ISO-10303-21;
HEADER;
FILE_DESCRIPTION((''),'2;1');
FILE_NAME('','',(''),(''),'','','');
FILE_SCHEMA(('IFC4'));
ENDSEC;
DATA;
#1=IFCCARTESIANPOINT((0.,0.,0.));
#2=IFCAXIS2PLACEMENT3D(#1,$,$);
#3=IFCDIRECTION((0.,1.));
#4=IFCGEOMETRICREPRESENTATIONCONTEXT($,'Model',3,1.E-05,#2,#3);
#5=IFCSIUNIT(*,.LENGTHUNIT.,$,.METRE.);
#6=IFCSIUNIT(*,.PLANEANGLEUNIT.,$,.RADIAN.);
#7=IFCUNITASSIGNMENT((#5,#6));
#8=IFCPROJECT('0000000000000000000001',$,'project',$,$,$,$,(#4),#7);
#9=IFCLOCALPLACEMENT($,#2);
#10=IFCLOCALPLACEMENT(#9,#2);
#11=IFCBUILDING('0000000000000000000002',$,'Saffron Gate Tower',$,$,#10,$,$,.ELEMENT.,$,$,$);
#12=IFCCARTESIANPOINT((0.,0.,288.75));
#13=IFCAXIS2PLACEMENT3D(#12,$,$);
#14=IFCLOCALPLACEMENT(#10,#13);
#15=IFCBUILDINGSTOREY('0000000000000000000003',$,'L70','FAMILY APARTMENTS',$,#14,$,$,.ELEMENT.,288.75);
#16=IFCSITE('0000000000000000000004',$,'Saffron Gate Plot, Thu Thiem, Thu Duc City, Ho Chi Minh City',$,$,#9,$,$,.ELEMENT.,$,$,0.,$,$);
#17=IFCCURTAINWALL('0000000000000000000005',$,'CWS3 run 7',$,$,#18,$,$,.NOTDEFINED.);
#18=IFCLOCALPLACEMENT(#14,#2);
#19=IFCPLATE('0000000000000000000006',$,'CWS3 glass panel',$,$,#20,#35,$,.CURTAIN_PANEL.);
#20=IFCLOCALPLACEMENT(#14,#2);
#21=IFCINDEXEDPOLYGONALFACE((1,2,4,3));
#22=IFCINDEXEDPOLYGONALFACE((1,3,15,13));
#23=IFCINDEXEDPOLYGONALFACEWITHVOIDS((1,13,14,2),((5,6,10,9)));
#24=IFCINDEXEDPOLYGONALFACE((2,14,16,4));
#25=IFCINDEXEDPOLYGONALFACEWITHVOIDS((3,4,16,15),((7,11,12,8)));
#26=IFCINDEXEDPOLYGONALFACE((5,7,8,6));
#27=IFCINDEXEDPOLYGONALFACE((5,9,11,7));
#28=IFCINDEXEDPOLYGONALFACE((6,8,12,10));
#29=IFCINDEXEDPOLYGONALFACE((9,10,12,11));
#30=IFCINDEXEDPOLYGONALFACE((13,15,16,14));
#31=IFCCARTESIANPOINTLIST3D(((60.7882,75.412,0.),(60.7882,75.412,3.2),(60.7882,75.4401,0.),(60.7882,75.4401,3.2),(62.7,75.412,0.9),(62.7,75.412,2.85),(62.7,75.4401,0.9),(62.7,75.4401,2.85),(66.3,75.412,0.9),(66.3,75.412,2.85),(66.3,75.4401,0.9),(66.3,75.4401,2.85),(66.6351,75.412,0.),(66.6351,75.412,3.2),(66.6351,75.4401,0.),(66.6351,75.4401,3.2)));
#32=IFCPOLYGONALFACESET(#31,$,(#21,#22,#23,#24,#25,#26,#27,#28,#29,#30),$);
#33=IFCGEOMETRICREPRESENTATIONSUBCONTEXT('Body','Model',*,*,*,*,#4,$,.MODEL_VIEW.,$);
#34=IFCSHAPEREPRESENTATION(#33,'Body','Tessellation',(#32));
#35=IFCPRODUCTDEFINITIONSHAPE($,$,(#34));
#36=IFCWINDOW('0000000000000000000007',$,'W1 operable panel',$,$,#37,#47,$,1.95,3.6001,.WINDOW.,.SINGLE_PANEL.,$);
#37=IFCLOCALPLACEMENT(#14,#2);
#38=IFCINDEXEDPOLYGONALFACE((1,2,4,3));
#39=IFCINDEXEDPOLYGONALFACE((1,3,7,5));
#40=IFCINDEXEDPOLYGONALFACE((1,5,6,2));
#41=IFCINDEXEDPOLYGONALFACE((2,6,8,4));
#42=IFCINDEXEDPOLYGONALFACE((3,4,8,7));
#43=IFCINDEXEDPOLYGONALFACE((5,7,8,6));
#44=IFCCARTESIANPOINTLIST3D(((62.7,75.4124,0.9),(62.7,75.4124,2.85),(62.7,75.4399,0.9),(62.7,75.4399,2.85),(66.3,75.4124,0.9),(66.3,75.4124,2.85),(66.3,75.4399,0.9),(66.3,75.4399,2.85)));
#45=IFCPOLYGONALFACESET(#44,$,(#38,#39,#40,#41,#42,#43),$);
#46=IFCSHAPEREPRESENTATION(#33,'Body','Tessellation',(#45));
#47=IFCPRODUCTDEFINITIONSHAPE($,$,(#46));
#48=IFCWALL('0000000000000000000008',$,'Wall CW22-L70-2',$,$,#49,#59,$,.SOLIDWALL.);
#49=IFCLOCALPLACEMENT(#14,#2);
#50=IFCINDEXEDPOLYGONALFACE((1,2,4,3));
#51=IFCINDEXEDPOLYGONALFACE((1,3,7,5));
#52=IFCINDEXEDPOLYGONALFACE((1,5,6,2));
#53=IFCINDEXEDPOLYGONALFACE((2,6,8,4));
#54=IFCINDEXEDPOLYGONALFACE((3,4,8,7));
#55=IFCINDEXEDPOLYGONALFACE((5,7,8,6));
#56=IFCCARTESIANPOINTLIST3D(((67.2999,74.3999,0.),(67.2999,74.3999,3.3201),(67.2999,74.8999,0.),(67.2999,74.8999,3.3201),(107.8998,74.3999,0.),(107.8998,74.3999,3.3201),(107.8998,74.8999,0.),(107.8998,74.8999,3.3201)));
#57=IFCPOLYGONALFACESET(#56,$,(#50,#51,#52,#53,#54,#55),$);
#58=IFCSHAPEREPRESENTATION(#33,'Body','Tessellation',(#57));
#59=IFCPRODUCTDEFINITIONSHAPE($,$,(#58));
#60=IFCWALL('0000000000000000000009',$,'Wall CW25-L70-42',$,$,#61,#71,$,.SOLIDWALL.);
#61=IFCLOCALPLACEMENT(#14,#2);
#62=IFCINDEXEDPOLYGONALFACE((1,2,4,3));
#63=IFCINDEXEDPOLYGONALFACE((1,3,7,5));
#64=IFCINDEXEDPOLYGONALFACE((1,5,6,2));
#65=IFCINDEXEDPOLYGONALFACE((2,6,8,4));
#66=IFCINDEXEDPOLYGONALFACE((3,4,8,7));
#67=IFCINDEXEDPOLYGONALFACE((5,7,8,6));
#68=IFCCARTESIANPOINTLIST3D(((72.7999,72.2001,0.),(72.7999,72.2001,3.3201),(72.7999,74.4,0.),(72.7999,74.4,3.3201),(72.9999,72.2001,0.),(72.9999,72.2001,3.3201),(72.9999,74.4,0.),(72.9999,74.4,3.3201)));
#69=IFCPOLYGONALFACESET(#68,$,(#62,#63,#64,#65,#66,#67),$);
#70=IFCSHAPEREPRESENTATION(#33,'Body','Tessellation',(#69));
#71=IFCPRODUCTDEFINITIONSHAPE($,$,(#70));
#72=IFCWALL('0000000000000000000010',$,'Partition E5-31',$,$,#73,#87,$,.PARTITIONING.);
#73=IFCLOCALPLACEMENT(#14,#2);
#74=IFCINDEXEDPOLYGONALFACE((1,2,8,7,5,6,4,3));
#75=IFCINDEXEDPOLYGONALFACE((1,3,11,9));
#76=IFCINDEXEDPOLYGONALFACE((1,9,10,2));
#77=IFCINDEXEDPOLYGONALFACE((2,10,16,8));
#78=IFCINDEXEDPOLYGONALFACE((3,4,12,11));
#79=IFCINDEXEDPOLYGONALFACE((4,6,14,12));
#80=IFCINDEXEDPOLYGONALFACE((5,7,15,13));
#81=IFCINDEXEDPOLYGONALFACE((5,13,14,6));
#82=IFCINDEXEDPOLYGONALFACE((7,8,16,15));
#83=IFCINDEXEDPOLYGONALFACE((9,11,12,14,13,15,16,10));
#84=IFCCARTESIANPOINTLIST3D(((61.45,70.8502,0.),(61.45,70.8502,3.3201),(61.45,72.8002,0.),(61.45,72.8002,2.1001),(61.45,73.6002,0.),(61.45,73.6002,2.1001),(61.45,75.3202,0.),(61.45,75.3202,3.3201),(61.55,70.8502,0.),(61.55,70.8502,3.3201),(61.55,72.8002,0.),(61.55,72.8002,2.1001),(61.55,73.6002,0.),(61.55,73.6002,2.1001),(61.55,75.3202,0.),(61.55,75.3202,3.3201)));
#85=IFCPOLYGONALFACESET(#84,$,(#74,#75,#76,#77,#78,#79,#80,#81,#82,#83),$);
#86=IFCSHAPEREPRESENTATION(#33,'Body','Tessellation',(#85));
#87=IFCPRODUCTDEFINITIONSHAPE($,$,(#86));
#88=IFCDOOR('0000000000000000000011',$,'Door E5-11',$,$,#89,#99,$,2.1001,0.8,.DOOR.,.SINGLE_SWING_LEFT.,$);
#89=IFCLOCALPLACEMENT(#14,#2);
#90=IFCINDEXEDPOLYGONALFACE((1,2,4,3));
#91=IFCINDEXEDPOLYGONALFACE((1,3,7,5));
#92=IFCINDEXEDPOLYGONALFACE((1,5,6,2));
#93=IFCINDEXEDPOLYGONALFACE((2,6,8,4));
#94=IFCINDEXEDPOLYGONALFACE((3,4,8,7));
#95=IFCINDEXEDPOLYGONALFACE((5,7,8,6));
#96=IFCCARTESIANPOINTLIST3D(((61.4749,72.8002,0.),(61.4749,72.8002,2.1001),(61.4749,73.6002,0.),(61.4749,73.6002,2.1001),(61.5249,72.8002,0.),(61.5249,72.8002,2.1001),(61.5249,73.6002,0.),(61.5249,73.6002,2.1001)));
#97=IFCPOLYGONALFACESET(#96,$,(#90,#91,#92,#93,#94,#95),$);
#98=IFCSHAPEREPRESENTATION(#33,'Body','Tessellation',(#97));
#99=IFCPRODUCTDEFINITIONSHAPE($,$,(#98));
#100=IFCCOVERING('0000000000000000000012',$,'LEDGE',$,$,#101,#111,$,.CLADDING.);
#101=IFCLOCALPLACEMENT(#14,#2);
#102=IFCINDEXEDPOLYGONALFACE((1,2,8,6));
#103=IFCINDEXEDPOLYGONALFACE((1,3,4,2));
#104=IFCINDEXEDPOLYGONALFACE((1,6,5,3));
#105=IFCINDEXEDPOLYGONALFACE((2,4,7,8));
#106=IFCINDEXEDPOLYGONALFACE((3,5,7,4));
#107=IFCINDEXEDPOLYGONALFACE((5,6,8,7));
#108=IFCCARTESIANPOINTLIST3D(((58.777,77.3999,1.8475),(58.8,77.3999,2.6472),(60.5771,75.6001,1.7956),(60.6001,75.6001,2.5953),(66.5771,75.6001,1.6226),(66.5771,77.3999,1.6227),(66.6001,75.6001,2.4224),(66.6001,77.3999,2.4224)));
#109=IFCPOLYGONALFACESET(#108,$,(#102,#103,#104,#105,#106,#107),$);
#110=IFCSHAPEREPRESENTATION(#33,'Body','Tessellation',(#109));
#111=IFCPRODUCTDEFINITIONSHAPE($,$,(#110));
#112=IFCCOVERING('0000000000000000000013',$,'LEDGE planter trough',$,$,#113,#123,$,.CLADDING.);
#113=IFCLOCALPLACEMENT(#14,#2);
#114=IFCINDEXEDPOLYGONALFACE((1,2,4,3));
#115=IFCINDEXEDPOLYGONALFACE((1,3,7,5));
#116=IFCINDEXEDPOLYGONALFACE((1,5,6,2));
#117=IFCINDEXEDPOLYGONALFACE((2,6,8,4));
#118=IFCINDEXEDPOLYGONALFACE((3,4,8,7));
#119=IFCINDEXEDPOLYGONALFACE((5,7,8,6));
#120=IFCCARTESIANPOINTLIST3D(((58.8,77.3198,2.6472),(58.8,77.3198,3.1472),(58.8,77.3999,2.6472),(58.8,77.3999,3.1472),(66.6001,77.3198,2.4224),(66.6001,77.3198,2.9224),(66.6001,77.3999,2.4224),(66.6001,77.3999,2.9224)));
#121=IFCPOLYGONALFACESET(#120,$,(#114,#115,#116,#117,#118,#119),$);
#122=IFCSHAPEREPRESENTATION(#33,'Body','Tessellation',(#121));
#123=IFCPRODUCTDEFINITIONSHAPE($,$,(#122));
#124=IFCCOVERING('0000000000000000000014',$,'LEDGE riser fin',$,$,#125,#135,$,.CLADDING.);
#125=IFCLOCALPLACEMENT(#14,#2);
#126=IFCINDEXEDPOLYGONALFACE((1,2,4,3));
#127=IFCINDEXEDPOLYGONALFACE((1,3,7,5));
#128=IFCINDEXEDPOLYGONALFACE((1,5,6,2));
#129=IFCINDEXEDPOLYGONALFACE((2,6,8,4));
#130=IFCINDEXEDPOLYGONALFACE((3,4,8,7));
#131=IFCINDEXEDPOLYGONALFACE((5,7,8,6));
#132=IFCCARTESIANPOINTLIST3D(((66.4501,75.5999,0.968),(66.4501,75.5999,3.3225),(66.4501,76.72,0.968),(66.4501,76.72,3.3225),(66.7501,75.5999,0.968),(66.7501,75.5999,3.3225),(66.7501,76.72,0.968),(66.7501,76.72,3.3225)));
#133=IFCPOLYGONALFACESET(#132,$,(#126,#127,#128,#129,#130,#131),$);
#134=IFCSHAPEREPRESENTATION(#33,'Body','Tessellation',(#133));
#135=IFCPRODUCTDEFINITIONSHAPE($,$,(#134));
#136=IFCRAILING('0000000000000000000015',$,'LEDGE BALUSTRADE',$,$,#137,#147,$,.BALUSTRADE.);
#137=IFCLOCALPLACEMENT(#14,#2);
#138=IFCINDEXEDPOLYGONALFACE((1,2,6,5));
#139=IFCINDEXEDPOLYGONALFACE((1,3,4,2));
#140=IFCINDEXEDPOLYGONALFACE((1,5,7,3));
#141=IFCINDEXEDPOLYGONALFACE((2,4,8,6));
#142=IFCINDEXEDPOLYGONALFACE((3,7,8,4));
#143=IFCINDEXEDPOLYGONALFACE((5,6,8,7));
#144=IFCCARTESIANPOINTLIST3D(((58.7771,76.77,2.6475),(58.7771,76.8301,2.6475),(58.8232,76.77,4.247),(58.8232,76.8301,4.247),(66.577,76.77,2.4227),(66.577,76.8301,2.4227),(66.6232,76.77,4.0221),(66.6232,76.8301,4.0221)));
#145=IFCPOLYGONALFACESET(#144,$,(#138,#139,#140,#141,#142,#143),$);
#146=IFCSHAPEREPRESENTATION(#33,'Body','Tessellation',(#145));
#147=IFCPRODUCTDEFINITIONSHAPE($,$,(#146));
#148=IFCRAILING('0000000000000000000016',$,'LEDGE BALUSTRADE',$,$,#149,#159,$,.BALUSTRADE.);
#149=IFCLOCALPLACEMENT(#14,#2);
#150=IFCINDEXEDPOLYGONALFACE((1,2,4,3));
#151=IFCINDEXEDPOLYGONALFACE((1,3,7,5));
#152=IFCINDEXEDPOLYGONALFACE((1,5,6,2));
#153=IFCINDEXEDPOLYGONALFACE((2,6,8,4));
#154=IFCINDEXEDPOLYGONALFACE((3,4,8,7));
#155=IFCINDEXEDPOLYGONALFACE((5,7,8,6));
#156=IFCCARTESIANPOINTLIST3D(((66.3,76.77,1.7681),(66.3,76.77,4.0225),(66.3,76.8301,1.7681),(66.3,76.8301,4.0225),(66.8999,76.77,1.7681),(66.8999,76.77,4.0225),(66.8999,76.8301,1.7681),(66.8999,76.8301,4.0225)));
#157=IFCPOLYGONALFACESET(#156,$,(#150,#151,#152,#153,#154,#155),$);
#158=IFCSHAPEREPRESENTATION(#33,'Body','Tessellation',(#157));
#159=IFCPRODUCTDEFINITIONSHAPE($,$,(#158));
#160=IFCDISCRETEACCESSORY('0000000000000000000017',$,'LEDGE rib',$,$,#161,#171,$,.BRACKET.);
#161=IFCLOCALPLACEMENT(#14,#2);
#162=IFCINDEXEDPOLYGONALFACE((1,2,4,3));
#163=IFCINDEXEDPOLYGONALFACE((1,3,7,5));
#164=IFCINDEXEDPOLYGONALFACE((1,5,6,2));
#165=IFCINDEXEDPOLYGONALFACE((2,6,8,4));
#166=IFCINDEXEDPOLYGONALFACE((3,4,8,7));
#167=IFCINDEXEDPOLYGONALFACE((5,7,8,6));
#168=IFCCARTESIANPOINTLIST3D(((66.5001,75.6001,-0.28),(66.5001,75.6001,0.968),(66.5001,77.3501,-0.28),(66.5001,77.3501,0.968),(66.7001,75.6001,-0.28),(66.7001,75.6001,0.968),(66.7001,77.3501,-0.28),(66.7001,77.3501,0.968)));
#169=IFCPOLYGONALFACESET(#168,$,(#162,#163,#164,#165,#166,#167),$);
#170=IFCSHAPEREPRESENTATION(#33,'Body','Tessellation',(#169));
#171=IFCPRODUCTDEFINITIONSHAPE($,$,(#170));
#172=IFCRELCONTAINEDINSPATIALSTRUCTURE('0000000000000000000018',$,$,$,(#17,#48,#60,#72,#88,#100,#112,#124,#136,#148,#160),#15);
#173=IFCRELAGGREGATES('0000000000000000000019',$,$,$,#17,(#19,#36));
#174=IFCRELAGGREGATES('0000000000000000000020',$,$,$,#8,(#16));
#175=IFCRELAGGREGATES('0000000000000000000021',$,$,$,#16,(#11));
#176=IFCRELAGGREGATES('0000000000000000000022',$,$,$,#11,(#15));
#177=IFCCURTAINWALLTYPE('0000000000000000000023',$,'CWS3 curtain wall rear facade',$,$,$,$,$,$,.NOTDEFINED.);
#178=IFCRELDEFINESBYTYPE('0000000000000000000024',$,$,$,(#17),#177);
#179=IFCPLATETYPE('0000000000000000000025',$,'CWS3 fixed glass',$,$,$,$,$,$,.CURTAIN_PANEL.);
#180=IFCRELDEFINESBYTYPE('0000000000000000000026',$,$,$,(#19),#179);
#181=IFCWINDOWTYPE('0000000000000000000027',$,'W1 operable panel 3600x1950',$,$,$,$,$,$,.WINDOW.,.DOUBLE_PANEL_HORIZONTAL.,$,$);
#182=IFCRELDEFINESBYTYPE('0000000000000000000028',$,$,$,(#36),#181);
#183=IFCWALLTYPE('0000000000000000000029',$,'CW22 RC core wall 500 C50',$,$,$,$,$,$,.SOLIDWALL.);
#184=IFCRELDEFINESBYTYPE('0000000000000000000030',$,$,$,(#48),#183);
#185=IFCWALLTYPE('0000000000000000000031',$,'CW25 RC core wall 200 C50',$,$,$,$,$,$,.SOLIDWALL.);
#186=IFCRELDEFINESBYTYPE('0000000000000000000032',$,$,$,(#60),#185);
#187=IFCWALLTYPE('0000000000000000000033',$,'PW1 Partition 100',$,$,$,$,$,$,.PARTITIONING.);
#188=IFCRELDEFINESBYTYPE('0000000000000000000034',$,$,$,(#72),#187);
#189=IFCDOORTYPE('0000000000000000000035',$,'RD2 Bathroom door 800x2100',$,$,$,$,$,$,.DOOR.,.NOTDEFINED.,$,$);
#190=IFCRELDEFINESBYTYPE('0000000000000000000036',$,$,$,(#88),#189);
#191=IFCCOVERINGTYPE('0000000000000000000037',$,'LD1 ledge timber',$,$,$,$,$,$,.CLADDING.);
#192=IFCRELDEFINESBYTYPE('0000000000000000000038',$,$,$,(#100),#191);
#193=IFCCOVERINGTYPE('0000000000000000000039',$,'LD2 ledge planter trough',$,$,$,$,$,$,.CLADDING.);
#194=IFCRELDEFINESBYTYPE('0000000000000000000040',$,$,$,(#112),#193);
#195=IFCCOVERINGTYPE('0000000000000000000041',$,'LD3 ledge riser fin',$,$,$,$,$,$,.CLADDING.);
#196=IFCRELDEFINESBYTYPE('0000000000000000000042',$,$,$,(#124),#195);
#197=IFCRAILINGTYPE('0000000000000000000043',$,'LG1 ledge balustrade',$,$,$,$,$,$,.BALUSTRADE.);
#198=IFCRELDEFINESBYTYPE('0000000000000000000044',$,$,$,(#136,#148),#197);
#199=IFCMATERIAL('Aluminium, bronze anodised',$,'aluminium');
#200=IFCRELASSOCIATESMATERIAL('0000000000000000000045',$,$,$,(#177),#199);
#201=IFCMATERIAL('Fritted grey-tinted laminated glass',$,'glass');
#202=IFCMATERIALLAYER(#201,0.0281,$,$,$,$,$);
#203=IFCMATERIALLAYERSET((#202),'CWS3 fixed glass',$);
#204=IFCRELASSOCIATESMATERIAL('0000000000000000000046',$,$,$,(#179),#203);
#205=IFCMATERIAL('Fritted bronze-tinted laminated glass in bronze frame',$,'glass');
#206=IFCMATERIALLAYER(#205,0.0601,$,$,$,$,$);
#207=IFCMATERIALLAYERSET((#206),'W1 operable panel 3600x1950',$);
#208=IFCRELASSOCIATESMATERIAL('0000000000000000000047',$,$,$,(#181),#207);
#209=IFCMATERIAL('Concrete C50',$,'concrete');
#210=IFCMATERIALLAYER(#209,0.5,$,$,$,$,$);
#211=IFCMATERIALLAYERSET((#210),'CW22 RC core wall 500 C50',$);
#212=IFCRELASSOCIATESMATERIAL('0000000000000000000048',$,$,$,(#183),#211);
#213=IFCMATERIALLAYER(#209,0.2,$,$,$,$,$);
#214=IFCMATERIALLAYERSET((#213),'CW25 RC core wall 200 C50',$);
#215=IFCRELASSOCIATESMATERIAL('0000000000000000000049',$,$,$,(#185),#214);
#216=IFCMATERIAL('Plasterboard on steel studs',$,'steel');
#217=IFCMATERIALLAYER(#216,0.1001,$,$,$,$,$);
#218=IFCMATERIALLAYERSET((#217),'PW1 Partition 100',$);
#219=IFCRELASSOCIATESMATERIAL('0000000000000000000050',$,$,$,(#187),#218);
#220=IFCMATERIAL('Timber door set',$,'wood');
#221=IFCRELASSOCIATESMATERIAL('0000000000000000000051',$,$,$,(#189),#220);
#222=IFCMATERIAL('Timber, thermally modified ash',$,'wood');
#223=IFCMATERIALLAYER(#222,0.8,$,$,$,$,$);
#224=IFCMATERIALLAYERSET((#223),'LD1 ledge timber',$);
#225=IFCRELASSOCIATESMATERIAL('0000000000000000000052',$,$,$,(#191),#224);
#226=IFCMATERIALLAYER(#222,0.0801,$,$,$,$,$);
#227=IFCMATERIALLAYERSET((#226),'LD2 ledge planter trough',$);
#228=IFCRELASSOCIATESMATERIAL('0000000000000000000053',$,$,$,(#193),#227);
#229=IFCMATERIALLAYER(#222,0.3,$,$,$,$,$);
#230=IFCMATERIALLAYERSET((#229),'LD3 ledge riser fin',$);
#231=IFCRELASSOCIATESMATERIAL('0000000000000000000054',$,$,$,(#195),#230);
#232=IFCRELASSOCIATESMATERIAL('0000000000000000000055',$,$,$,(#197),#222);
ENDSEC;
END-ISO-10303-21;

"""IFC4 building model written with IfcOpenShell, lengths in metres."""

from ifc_helpers import new_model, si_unit, direction, frame, frame_2d, origin, origin_2d, place, context, subcontext, project, spatial, polyline, rectangle, outline, extrude, material, layer, layer_set, type_object, element, fill, aggregate, save


model = new_model("IFC4")

# Units and contexts
model_context = context("Model", 3, precision=1e-05, world=origin(), true_north=direction((0.0, 1.0)))
body_context = subcontext(model_context, "Body", "Model", "MODEL_VIEW")
ifc_project = project(units=[si_unit("LENGTHUNIT", "METRE"), si_unit("PLANEANGLEUNIT", "RADIAN")], contexts=[model_context])

# Site, building, storey
site_placement = place(None, origin())
site = spatial("IfcSite", under=ifc_project, at=site_placement, Name="Saffron Gate Plot, Thu Thiem, Thu Duc City, Ho Chi Minh City", CompositionType="ELEMENT", RefElevation=0.0)
building_placement = place(site_placement, origin())
building = spatial("IfcBuilding", under=site, at=building_placement, Name="Saffron Gate Tower", CompositionType="ELEMENT")
storey_placement = place(building_placement, frame((0.0, 0.0, 288.75)))
storey = spatial("IfcBuildingStorey", under=building, at=storey_placement, Name="L70", Description="FAMILY APARTMENTS", CompositionType="ELEMENT", Elevation=288.75)

# Curtain wall, plate, opening, window
ifc_material_1 = material(Name="Aluminium, bronze anodised", Category="aluminium")
curtain_wall_type = type_object("IfcCurtainWallType", Name="CWS3 curtain wall rear facade", PredefinedType="NOTDEFINED", material=ifc_material_1)
curtain_wall_placement = place(storey_placement, origin())
curtain_wall = element("IfcCurtainWall", 1, at=curtain_wall_placement, inside=storey, type_object=curtain_wall_type, Name="CWS3 run 7", PredefinedType="NOTDEFINED")
ifc_material_2 = material(Name="Fritted grey-tinted laminated glass", Category="glass")
ifc_layer_1 = layer(ifc_material_2, 0.0281)
ifc_layer_set_1 = layer_set([ifc_layer_1], Name="CWS3 fixed glass")
plate_type = type_object("IfcPlateType", Name="CWS3 fixed glass", PredefinedType="CURTAIN_PANEL", material=ifc_layer_set_1)
plate_placement = place(storey_placement, frame((66.635, 75.426, 0.0), z_axis=(0.0, 0.0, 1.0), x_axis=(-1.0, 0.0, 0.0)))
plate = element("IfcPlate", 2, at=plate_placement, type_object=plate_type, Name="CWS3 glass panel", PredefinedType="CURTAIN_PANEL", context=body_context, shape_type="SweptSolid", body=[
    extrude(rectangle(XDim=5.8469, YDim=0.0281, at=frame_2d((2.9233, 0.0))), origin(), (0.0, 0.0, 1.0), 3.2),
])
opening_1_placement = place(plate_placement, frame((0.335, 0.0, 0.8999)))
opening_1 = element("IfcOpeningElement", 3, at=opening_1_placement, cuts=plate, PredefinedType="OPENING", context=body_context, shape_type="SweptSolid", body=[
    extrude(rectangle(XDim=3.6001, YDim=1.95, at=frame_2d((1.8, 0.9751))), frame((0.0, 0.0239, 0.0), z_axis=(0.0, -1.0, 0.0), x_axis=(1.0, 0.0, 0.0)), (0.0, 0.0, 1.0), 0.0481),
])
ifc_material_3 = material(Name="Fritted bronze-tinted laminated glass in bronze frame", Category="glass")
ifc_layer_2 = layer(ifc_material_3, 0.0601)
ifc_layer_set_2 = layer_set([ifc_layer_2], Name="W1 operable panel 3600x1950")
window_type = type_object("IfcWindowType", Name="W1 operable panel 3600x1950", PartitioningType="DOUBLE_PANEL_HORIZONTAL", PredefinedType="WINDOW", material=ifc_layer_set_2)
window_placement = place(opening_1_placement, origin())
window = element("IfcWindow", 4, at=window_placement, type_object=window_type, Name="W1 operable panel", OverallHeight=1.95, OverallWidth=3.6001, PartitioningType="SINGLE_PANEL", PredefinedType="WINDOW", context=body_context, shape_type="SweptSolid", body=[
    extrude(rectangle(XDim=3.6001, YDim=1.95, at=frame_2d((1.8, 0.9751))), frame((0.0, 0.0137, 0.0), z_axis=(0.0, -1.0, 0.0), x_axis=(1.0, 0.0, 0.0)), (0.0, 0.0, 1.0), 0.0276),
])
fill(opening_1, window)
aggregate(curtain_wall, [plate, window])

# Walls
ifc_material_4 = material(Name="Concrete C50", Category="concrete")
ifc_layer_3 = layer(ifc_material_4, 0.5)
ifc_layer_set_3 = layer_set([ifc_layer_3], Name="CW22 RC core wall 500 C50")
wall_type_1 = type_object("IfcWallType", Name="CW22 RC core wall 500 C50", PredefinedType="SOLIDWALL", material=ifc_layer_set_3)
wall_1_placement = place(storey_placement, frame((67.3, 74.6499, 0.0), z_axis=(0.0, 0.0, 1.0), x_axis=(1.0, 0.0, 0.0)))
element("IfcWall", 5, at=wall_1_placement, inside=storey, type_object=wall_type_1, Name="Wall CW22-L70-2", PredefinedType="SOLIDWALL", context=body_context, shape_type="SweptSolid", body=[
    extrude(rectangle(XDim=40.5999, YDim=0.5, at=frame_2d((20.2998, 0.0))), origin(), (0.0, 0.0, 1.0), 3.3201),
])
ifc_layer_4 = layer(ifc_material_4, 0.2)
ifc_layer_set_4 = layer_set([ifc_layer_4], Name="CW25 RC core wall 200 C50")
wall_type_2 = type_object("IfcWallType", Name="CW25 RC core wall 200 C50", PredefinedType="SOLIDWALL", material=ifc_layer_set_4)
wall_2_placement = place(storey_placement, frame((72.8999, 72.2, 0.0), z_axis=(0.0, 0.0, 1.0), x_axis=(0.0, 1.0, 0.0)))
element("IfcWall", 6, at=wall_2_placement, inside=storey, type_object=wall_type_2, Name="Wall CW25-L70-42", PredefinedType="SOLIDWALL", context=body_context, shape_type="SweptSolid", body=[
    extrude(rectangle(XDim=2.2, YDim=0.2, at=frame_2d((1.1001, 0.0))), origin(), (0.0, 0.0, 1.0), 3.3201),
])

# Wall, opening, door
ifc_material_5 = material(Name="Plasterboard on steel studs", Category="steel")
ifc_layer_5 = layer(ifc_material_5, 0.1001)
ifc_layer_set_5 = layer_set([ifc_layer_5], Name="PW1 Partition 100")
wall_type_3 = type_object("IfcWallType", Name="PW1 Partition 100", PredefinedType="PARTITIONING", material=ifc_layer_set_5)
wall_3_placement = place(storey_placement, frame((61.5, 75.3201, 0.0), z_axis=(0.0, 0.0, 1.0), x_axis=(0.0, -1.0, 0.0)))
wall_3 = element("IfcWall", 7, at=wall_3_placement, inside=storey, type_object=wall_type_3, Name="Partition E5-31", PredefinedType="PARTITIONING", context=body_context, shape_type="SweptSolid", body=[
    extrude(rectangle(XDim=4.47, YDim=0.1001, at=frame_2d((2.2349, 0.0))), origin(), (0.0, 0.0, 1.0), 3.3201),
])
opening_2_placement = place(wall_3_placement, frame((1.72, 0.0, 0.0)))
opening_2 = element("IfcOpeningElement", 8, at=opening_2_placement, cuts=wall_3, PredefinedType="OPENING", context=body_context, shape_type="SweptSolid", body=[
    extrude(rectangle(XDim=0.8, YDim=2.1001, at=frame_2d((0.3999, 1.05))), frame((0.0, 0.0601, 0.0), z_axis=(0.0, -1.0, 0.0), x_axis=(1.0, 0.0, 0.0)), (0.0, 0.0, 1.0), 0.1201),
])
ifc_material_6 = material(Name="Timber door set", Category="wood")
door_type = type_object("IfcDoorType", Name="RD2 Bathroom door 800x2100", OperationType="NOTDEFINED", PredefinedType="DOOR", material=ifc_material_6)
door_placement = place(opening_2_placement, origin())
door = element("IfcDoor", 9, at=door_placement, inside=storey, type_object=door_type, Name="Door E5-11", OperationType="SINGLE_SWING_LEFT", OverallHeight=2.1001, OverallWidth=0.8, PredefinedType="DOOR", context=body_context, shape_type="SweptSolid", body=[
    extrude(rectangle(XDim=0.8, YDim=2.1001, at=frame_2d((0.3999, 1.05))), frame((0.0, 0.0249, 0.0), z_axis=(0.0, -1.0, 0.0), x_axis=(1.0, 0.0, 0.0)), (0.0, 0.0, 1.0), 0.05),
])
fill(opening_2, door)

# Coverings
ifc_material_7 = material(Name="Timber, thermally modified ash", Category="wood")
ifc_layer_6 = layer(ifc_material_7, 0.8)
ifc_layer_set_6 = layer_set([ifc_layer_6], Name="LD1 ledge timber")
covering_type_1 = type_object("IfcCoveringType", Name="LD1 ledge timber", PredefinedType="CLADDING", material=ifc_layer_set_6)
covering_1_placement = place(storey_placement, frame((66.6001, 75.6001, 2.4224), z_axis=(0.028807, -0.000035, 0.999585), x_axis=(-0.999585, 0.0, 0.028807)))
element("IfcCovering", 10, at=covering_1_placement, inside=storey, type_object=covering_type_1, Name="LEDGE", PredefinedType="CLADDING", context=body_context, shape_type="SweptSolid", body=[
    extrude(outline(polyline([(0.0, 0.0), (6.0025, 0.0), (7.8033, -1.7998), (0.0, -1.7998), (0.0, 0.0)])), origin(), (0.0, 0.0, -1.0), 0.8),
])
ifc_layer_7 = layer(ifc_material_7, 0.0801)
ifc_layer_set_7 = layer_set([ifc_layer_7], Name="LD2 ledge planter trough")
covering_type_2 = type_object("IfcCoveringType", Name="LD2 ledge planter trough", PredefinedType="CLADDING", material=ifc_layer_set_7)
covering_2_placement = place(storey_placement, frame((66.6001, 77.3999, 2.4224), z_axis=(0.0, 1.0, 0.0), x_axis=(-0.999585, 0.0, 0.028815)))
element("IfcCovering", 11, at=covering_2_placement, inside=storey, type_object=covering_type_2, Name="LEDGE planter trough", PredefinedType="CLADDING", context=body_context, shape_type="SweptSolid", body=[
    extrude(outline(polyline([(0.0, 0.0), (7.8033, 0.0), (7.8177, 0.4998), (0.0144, 0.4998), (0.0, 0.0)])), origin(), (0.0, 0.0, -1.0), 0.0801),
])
ifc_layer_8 = layer(ifc_material_7, 0.3)
ifc_layer_set_8 = layer_set([ifc_layer_8], Name="LD3 ledge riser fin")
covering_type_3 = type_object("IfcCoveringType", Name="LD3 ledge riser fin", PredefinedType="CLADDING", material=ifc_layer_set_8)
covering_3_placement = place(storey_placement, frame((66.6001, 76.1599, 0.968), z_axis=(0.0, 0.0, 1.0), x_axis=(-1.0, 0.0, 0.0)))
element("IfcCovering", 12, at=covering_3_placement, inside=storey, type_object=covering_type_3, Name="LEDGE riser fin", PredefinedType="CLADDING", context=body_context, shape_type="SweptSolid", body=[
    extrude(rectangle(XDim=0.3, YDim=1.1201, at=origin_2d()), origin(), (0.0, 0.0, 1.0), 2.3545),
])

# Railings
railing_type = type_object("IfcRailingType", Name="LG1 ledge balustrade", PredefinedType="BALUSTRADE", material=ifc_material_7)
railing_1_placement = place(storey_placement, frame((66.6001, 76.8, 2.4224)))
element("IfcRailing", 13, at=railing_1_placement, inside=storey, type_object=railing_type, Name="LEDGE BALUSTRADE", PredefinedType="BALUSTRADE", context=body_context, shape_type="SweptSolid", body=[
    extrude(rectangle(XDim=0.0601, YDim=1.6001, at=origin_2d()), frame((0.0, 0.0, 0.8), z_axis=(-0.999585, 0.0, 0.028815), x_axis=(0.0, -1.0, 0.0)), (0.0, 0.0, 1.0), 7.8032),
])
railing_2_placement = place(storey_placement, frame((66.8999, 76.8, 1.7681)))
element("IfcRailing", 14, at=railing_2_placement, inside=storey, type_object=railing_type, Name="LEDGE BALUSTRADE", PredefinedType="BALUSTRADE", context=body_context, shape_type="SweptSolid", body=[
    extrude(rectangle(XDim=0.0601, YDim=2.2544, at=origin_2d()), frame((0.0, 0.0, 1.1272), z_axis=(-1.0, 0.0, 0.0), x_axis=(0.0, -1.0, 0.0)), (0.0, 0.0, 1.0), 0.5999),
])

# Discrete accessory
discrete_accessory_placement = place(storey_placement, frame((66.6001, 76.4751, -0.28), z_axis=(0.0, 0.0, 1.0), x_axis=(-1.0, 0.0, 0.0)))
element("IfcDiscreteAccessory", 15, at=discrete_accessory_placement, inside=storey, Name="LEDGE rib", PredefinedType="BRACKET", context=body_context, shape_type="SweptSolid", body=[
    extrude(rectangle(XDim=0.2, YDim=1.75, at=origin_2d()), origin(), (0.0, 0.0, 1.0), 1.248),
])

save(model, "model.ifc")
